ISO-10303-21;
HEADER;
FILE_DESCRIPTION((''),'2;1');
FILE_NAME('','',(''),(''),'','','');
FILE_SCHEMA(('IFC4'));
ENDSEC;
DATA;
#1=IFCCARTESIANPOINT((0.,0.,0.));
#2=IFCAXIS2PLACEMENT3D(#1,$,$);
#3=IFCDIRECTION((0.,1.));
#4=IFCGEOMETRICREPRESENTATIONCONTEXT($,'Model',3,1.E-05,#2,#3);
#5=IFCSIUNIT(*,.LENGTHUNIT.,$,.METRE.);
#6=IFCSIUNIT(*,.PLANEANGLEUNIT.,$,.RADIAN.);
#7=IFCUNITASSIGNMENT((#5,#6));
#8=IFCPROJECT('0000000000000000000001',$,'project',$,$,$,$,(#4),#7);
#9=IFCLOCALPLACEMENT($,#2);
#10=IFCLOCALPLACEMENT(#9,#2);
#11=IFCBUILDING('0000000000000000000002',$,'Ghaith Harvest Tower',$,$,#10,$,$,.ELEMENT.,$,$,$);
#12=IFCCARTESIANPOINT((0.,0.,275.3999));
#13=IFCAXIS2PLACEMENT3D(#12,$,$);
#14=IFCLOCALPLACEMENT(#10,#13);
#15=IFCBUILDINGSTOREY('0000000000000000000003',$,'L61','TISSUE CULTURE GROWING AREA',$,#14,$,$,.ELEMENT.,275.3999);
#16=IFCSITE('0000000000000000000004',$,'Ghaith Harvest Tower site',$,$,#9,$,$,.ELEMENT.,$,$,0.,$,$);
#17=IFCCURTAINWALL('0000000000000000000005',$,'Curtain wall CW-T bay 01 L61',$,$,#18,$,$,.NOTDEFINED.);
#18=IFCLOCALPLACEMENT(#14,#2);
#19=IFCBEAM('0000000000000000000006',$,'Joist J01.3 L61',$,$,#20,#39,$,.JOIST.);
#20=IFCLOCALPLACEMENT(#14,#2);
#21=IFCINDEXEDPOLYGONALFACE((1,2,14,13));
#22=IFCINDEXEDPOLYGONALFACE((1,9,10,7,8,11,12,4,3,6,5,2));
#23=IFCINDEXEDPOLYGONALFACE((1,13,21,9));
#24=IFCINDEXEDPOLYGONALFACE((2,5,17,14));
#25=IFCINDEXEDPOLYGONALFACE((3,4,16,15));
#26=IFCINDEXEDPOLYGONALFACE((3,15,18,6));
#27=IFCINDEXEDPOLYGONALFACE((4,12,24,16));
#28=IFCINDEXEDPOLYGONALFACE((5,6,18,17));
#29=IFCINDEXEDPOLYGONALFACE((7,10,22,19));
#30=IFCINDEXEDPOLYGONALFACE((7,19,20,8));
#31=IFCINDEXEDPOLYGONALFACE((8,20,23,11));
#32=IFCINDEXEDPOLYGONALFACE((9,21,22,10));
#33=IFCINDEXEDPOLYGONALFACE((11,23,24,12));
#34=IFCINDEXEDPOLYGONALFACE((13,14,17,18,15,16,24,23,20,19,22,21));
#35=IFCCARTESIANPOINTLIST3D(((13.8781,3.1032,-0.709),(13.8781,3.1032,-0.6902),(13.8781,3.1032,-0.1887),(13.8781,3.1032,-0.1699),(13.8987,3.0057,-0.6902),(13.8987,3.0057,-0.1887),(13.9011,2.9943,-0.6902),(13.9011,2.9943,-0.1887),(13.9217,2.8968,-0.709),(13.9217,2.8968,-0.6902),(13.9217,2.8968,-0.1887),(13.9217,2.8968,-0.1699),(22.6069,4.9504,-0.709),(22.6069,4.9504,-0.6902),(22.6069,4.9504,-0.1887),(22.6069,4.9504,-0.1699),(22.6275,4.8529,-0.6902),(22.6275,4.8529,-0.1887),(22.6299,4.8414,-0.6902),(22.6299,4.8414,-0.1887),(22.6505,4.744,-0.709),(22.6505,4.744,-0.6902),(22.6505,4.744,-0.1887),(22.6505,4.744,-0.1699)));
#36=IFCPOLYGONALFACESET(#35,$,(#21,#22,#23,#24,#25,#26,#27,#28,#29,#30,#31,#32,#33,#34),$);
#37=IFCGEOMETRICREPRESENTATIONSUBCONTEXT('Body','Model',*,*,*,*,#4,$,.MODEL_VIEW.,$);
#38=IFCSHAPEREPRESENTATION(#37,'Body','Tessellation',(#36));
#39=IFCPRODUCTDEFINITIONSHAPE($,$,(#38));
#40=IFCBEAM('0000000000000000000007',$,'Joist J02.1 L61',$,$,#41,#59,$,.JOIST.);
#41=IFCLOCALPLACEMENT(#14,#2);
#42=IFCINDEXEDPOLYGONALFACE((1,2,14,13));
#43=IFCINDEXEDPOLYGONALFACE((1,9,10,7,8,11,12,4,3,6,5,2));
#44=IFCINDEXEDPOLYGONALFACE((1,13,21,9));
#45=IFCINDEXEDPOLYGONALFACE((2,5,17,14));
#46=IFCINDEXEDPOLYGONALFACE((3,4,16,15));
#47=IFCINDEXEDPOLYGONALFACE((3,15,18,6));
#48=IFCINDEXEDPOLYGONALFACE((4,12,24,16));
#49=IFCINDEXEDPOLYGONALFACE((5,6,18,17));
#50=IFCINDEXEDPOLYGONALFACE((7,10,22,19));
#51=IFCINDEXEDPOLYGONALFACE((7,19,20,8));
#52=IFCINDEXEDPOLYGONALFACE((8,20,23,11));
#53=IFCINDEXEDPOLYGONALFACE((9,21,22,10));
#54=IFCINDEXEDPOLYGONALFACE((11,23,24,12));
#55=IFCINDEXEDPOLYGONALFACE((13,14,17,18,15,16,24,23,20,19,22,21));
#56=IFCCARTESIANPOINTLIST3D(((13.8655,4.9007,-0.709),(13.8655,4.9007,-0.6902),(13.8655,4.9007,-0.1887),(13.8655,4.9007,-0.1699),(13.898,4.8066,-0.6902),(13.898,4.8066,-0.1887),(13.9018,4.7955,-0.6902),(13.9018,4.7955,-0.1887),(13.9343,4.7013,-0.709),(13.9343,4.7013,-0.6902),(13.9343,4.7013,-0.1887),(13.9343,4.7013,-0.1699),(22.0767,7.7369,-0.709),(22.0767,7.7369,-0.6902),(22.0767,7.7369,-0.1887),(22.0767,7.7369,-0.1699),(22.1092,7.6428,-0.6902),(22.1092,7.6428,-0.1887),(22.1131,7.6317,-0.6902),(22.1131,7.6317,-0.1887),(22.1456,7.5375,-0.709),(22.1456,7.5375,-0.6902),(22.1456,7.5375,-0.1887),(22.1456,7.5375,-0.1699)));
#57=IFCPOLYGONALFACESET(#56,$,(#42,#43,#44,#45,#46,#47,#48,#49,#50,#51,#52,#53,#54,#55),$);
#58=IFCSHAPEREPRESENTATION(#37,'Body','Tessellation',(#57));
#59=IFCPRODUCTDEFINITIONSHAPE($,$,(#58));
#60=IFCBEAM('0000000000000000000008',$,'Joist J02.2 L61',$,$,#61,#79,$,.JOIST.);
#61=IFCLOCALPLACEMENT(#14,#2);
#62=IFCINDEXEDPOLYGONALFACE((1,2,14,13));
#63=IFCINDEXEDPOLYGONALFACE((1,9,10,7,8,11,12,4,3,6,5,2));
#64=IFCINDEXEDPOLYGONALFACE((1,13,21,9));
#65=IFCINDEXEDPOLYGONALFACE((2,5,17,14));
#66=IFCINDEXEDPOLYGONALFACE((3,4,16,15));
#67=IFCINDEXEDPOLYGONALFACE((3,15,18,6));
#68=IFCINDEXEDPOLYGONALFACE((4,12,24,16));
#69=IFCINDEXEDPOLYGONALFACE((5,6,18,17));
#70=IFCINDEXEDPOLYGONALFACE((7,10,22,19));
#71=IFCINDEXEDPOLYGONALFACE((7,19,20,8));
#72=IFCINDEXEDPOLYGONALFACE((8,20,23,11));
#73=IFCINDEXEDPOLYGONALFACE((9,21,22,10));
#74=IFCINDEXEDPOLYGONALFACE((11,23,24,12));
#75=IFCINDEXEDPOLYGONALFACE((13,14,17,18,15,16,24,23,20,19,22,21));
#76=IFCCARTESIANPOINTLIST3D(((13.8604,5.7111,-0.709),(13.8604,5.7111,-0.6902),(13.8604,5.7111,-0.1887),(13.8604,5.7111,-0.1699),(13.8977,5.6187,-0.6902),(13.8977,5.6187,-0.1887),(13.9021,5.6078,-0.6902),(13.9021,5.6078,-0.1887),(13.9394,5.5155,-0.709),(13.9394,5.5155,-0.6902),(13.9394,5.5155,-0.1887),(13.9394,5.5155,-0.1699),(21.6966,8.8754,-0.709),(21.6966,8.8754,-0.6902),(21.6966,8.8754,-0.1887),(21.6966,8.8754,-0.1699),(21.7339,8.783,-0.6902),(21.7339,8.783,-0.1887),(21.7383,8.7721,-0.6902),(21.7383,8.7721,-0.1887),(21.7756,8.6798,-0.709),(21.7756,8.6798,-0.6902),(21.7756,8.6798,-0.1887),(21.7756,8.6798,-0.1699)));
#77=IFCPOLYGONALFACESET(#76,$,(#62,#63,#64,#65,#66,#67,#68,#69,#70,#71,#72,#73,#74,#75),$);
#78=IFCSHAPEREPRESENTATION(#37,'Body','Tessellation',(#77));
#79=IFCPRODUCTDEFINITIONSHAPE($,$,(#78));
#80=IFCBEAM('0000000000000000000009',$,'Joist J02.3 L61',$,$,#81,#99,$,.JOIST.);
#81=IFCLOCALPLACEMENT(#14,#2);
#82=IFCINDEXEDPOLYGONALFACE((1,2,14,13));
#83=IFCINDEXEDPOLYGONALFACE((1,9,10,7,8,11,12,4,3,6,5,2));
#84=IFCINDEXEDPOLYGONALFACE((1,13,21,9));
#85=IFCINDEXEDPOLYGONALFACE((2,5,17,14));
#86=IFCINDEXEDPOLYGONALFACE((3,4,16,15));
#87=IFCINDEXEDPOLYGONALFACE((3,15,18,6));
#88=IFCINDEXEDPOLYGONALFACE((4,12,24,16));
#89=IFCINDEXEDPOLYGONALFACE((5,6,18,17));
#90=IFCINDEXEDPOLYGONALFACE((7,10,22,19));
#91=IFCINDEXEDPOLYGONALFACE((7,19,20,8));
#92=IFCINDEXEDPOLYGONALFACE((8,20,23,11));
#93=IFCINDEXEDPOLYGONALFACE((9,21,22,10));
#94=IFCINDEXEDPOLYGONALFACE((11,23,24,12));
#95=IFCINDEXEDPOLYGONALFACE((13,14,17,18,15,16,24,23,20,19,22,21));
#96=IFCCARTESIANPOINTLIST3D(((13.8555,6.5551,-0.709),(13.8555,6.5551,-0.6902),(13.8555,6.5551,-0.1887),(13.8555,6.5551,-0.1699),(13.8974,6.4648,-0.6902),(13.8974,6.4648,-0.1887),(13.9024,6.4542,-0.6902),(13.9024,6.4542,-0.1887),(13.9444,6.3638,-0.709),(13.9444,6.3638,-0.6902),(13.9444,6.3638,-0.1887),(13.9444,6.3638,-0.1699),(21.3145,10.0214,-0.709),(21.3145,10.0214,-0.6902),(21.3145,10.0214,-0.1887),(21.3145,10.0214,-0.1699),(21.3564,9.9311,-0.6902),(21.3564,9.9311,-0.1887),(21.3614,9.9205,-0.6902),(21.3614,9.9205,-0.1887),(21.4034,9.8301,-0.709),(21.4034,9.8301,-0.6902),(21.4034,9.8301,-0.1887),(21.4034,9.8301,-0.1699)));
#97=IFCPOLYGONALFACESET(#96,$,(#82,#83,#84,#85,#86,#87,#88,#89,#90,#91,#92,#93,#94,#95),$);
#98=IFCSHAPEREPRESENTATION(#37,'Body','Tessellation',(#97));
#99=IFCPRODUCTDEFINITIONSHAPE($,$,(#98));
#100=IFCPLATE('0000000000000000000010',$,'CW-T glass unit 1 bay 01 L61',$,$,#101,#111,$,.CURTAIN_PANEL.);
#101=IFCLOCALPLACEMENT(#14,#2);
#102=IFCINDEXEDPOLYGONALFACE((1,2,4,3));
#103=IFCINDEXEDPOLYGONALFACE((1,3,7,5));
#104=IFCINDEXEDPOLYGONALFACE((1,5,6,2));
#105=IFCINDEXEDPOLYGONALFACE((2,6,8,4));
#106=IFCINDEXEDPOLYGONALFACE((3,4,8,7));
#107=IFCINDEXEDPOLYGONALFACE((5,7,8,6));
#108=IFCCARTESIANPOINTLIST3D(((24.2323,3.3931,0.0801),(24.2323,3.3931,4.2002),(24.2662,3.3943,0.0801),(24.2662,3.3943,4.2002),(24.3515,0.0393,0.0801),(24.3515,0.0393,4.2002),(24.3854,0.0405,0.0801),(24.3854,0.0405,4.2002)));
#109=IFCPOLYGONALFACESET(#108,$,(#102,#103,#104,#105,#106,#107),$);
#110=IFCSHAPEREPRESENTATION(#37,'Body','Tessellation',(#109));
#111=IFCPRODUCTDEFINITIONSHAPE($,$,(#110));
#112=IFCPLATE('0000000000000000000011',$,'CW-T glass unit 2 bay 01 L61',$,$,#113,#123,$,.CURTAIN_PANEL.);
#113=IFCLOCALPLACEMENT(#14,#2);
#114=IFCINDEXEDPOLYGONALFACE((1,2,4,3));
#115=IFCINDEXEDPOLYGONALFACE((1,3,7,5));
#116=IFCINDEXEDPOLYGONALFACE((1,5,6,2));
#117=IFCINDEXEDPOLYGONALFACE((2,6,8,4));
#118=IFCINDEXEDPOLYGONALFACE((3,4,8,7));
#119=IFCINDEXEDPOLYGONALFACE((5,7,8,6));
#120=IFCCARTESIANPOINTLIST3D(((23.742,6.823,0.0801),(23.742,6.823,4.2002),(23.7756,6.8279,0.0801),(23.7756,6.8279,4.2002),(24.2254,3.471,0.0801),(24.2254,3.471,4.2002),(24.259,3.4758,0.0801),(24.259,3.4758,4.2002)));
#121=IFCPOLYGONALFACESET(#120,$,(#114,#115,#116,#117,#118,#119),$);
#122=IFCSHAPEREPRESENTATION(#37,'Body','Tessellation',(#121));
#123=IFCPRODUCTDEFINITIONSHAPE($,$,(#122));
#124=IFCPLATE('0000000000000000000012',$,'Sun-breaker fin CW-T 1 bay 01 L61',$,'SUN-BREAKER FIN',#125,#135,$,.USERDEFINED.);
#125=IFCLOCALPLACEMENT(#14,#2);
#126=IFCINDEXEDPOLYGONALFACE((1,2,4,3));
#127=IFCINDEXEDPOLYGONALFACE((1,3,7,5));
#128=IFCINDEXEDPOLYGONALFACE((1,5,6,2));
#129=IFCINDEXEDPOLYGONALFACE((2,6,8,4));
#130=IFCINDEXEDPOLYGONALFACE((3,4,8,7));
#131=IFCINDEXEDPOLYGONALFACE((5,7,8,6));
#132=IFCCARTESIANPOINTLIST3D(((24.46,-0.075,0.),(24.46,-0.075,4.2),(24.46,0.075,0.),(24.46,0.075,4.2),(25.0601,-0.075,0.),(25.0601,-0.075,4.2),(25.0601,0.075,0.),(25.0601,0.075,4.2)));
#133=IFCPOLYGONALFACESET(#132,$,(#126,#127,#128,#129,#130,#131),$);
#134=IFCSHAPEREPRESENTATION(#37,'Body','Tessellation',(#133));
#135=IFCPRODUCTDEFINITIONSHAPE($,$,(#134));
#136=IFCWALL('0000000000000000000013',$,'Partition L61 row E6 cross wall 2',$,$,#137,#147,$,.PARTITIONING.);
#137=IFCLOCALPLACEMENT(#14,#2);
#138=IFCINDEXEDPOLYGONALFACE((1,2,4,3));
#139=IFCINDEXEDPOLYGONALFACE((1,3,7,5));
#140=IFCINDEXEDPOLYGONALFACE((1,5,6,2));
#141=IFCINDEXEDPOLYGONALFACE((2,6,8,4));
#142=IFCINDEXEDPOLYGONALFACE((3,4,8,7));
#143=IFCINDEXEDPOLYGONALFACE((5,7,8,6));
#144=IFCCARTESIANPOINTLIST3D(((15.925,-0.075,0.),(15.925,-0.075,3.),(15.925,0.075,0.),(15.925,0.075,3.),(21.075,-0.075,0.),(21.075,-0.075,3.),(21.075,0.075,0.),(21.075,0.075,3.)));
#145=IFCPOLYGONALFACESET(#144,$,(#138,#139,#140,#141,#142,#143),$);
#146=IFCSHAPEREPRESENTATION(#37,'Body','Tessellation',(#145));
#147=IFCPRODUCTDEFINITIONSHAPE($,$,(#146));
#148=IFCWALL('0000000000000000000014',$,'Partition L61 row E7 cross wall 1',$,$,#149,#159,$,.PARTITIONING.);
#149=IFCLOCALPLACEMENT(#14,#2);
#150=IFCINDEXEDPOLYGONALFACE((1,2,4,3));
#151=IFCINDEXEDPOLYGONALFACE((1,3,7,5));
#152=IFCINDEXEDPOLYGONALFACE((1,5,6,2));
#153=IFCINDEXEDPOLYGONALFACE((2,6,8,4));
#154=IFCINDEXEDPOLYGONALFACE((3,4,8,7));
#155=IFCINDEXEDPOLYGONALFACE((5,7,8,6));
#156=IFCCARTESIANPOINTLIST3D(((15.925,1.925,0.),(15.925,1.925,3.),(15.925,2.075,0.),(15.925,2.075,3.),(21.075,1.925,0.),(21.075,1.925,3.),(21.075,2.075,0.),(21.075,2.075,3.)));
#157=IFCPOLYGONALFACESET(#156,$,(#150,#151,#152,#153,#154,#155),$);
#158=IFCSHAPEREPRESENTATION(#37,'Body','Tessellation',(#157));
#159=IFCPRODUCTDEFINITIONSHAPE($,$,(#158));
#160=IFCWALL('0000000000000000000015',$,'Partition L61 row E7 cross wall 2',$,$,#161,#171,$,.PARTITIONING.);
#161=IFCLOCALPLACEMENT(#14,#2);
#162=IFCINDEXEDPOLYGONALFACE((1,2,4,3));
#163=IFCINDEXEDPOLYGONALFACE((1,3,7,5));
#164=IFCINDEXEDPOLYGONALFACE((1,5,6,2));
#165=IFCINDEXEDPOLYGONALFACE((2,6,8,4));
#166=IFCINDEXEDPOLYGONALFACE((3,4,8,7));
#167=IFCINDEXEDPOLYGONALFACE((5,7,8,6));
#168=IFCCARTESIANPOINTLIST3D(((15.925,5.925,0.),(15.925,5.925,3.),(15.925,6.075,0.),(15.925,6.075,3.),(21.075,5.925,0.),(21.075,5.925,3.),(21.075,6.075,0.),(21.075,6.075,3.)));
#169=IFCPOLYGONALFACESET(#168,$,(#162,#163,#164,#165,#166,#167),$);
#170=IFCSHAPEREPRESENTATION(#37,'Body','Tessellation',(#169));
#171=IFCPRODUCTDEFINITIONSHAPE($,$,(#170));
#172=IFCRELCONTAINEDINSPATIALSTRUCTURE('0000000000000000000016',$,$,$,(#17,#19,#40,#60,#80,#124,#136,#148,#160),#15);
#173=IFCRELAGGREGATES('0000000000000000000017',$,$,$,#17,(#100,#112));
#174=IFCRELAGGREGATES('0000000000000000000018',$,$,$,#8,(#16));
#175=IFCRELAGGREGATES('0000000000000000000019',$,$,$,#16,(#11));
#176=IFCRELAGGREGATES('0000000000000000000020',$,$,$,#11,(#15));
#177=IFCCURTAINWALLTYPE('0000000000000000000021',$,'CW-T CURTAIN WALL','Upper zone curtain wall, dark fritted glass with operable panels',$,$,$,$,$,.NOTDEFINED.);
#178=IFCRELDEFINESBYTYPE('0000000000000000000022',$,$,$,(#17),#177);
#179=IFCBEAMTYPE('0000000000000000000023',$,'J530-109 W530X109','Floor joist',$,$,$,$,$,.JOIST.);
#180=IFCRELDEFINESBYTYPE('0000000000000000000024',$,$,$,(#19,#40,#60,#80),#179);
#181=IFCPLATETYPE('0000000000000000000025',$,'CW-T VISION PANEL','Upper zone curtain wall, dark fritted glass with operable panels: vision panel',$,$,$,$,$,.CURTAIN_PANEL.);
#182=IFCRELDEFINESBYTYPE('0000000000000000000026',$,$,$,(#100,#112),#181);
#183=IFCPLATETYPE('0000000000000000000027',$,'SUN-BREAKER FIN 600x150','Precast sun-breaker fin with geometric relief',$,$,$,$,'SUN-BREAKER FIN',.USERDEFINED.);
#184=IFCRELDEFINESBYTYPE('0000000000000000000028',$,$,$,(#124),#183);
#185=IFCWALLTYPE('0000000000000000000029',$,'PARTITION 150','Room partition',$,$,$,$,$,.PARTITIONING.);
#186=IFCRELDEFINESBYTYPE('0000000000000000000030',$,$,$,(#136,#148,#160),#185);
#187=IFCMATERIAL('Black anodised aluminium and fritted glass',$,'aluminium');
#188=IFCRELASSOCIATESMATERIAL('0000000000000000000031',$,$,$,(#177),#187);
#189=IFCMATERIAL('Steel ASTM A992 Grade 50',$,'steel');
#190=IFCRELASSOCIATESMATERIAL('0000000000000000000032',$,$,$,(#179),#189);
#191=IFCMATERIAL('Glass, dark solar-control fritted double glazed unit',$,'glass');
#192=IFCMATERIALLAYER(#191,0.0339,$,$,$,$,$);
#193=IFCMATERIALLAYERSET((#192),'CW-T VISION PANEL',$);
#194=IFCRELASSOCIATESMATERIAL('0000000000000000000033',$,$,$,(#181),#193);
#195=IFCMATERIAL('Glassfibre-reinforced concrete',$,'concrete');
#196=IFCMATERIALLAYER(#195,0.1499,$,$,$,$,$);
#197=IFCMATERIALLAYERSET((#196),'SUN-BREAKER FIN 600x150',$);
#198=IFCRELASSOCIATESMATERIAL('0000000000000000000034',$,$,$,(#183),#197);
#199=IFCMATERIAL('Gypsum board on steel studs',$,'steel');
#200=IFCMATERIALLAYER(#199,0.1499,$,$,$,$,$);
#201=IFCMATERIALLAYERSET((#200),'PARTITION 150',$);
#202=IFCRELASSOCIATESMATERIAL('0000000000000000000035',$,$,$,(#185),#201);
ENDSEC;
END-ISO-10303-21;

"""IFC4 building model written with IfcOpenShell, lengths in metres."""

from ifc_helpers import new_model, si_unit, direction, frame, frame_2d, origin, origin_2d, place, context, subcontext, project, spatial, rectangle, i_section, extrude, material, layer, layer_set, material_profile, profile_set, type_object, element, aggregate, save


model = new_model("IFC4")

# Units and contexts
model_context = context("Model", 3, precision=1e-05, world=origin(), true_north=direction((0.0, 1.0)))
body_context = subcontext(model_context, "Body", "Model", "MODEL_VIEW")
ifc_project = project(units=[si_unit("LENGTHUNIT", "METRE"), si_unit("PLANEANGLEUNIT", "RADIAN")], contexts=[model_context])

# Site, building, storey
site_placement = place(None, origin())
site = spatial("IfcSite", under=ifc_project, at=site_placement, Name="Ghaith Harvest Tower site", CompositionType="ELEMENT", RefElevation=0.0)
building_placement = place(site_placement, origin())
building = spatial("IfcBuilding", under=site, at=building_placement, Name="Ghaith Harvest Tower", CompositionType="ELEMENT")
storey_placement = place(building_placement, frame((0.0, 0.0, 275.3999)))
storey = spatial("IfcBuildingStorey", under=building, at=storey_placement, Name="L61", Description="TISSUE CULTURE GROWING AREA", CompositionType="ELEMENT", Elevation=275.3999)

# Curtain wall
ifc_material_1 = material(Name="Black anodised aluminium and fritted glass", Category="aluminium")
curtain_wall_type = type_object("IfcCurtainWallType", Name="CW-T CURTAIN WALL", Description="Upper zone curtain wall, dark fritted glass with operable panels", PredefinedType="NOTDEFINED", material=ifc_material_1)
curtain_wall_placement = place(storey_placement, origin())
curtain_wall = element("IfcCurtainWall", 1, at=curtain_wall_placement, inside=storey, type_object=curtain_wall_type, Name="Curtain wall CW-T bay 01 L61", PredefinedType="NOTDEFINED")

# Beams
ifc_material_2 = material(Name="Steel ASTM A992 Grade 50", Category="steel")
ifc_material_profile_1 = material_profile(ifc_material_2, i_section(OverallWidth=0.2109, OverallDepth=0.5391, WebThickness=0.0117, FlangeThickness=0.0188, at=origin_2d()), Name="W530X109")
ifc_profile_set_1 = profile_set([ifc_material_profile_1], Name="Steel ASTM A992 Grade 50")
beam_type_1 = type_object("IfcBeamType", Name="J530-109 W530X109", Description="Floor joist", PredefinedType="JOIST", material=ifc_profile_set_1)
beam_1_placement = place(storey_placement, frame((13.8999, 3.0, -0.4395), z_axis=(0.978334, 0.207034, 0.0), x_axis=(-0.207034, 0.978334, 0.0)))
element("IfcBeam", 2, at=beam_1_placement, inside=storey, type_object=beam_type_1, Name="Joist J01.3 L61", PredefinedType="JOIST", context=body_context, shape_type="SweptSolid", body=[
    extrude(i_section(OverallWidth=0.2109, OverallDepth=0.5391, WebThickness=0.0117, FlangeThickness=0.0188, at=origin_2d()), origin(), (0.0, 0.0, 1.0), 8.9221),
])
beam_2_placement = place(storey_placement, frame((13.8999, 4.801, -0.4395), z_axis=(0.945205, 0.326478, 0.0), x_axis=(-0.326478, 0.945205, 0.0)))
element("IfcBeam", 3, at=beam_2_placement, inside=storey, type_object=beam_type_1, Name="Joist J02.1 L61", PredefinedType="JOIST", context=body_context, shape_type="SweptSolid", body=[
    extrude(i_section(OverallWidth=0.2109, OverallDepth=0.5391, WebThickness=0.0117, FlangeThickness=0.0188, at=origin_2d()), origin(), (0.0, 0.0, 1.0), 8.6873),
])
beam_3_placement = place(storey_placement, frame((13.8999, 5.6133, -0.4395), z_axis=(0.927254, 0.374432, 0.0), x_axis=(-0.374432, 0.927254, 0.0)))
element("IfcBeam", 4, at=beam_3_placement, inside=storey, type_object=beam_type_1, Name="Joist J02.2 L61", PredefinedType="JOIST", context=body_context, shape_type="SweptSolid", body=[
    extrude(i_section(OverallWidth=0.2109, OverallDepth=0.5391, WebThickness=0.0117, FlangeThickness=0.0188, at=origin_2d()), origin(), (0.0, 0.0, 1.0), 8.4509),
])
beam_4_placement = place(storey_placement, frame((13.8999, 6.4595, -0.4395), z_axis=(0.90686, 0.421432, 0.0), x_axis=(-0.421432, 0.90686, 0.0)))
element("IfcBeam", 5, at=beam_4_placement, inside=storey, type_object=beam_type_1, Name="Joist J02.3 L61", PredefinedType="JOIST", context=body_context, shape_type="SweptSolid", body=[
    extrude(i_section(OverallWidth=0.2109, OverallDepth=0.5391, WebThickness=0.0117, FlangeThickness=0.0188, at=origin_2d()), origin(), (0.0, 0.0, 1.0), 8.2251),
])

# Plates
ifc_material_3 = material(Name="Glass, dark solar-control fritted double glazed unit", Category="glass")
ifc_layer_1 = layer(ifc_material_3, 0.0339)
ifc_layer_set_1 = layer_set([ifc_layer_1], Name="CW-T VISION PANEL")
plate_type_1 = type_object("IfcPlateType", Name="CW-T VISION PANEL", Description="Upper zone curtain wall, dark fritted glass with operable panels: vision panel", PredefinedType="CURTAIN_PANEL", material=ifc_layer_set_1)
plate_1_placement = place(storey_placement, frame((24.3088, 1.7168, 0.0801), z_axis=(0.0, 0.0, 1.0), x_axis=(-0.035536, 0.999368, 0.0)))
plate_1 = element("IfcPlate", 6, at=plate_1_placement, type_object=plate_type_1, Name="CW-T glass unit 1 bay 01 L61", PredefinedType="CURTAIN_PANEL", context=body_context, shape_type="SweptSolid", body=[
    extrude(rectangle(XDim=3.356, YDim=0.0339, at=origin_2d()), origin(), (0.0, 0.0, 1.0), 4.1201),
])
plate_2_placement = place(storey_placement, frame((24.0005, 5.1494, 0.0801), z_axis=(0.0, 0.0, 1.0), x_axis=(-0.14273, 0.989762, 0.0)))
plate_2 = element("IfcPlate", 7, at=plate_2_placement, type_object=plate_type_1, Name="CW-T glass unit 2 bay 01 L61", PredefinedType="CURTAIN_PANEL", context=body_context, shape_type="SweptSolid", body=[
    extrude(rectangle(XDim=3.3867, YDim=0.0339, at=origin_2d()), origin(), (0.0, 0.0, 1.0), 4.1201),
])
aggregate(curtain_wall, [plate_1, plate_2])
ifc_material_4 = material(Name="Glassfibre-reinforced concrete", Category="concrete")
ifc_layer_2 = layer(ifc_material_4, 0.1499)
ifc_layer_set_2 = layer_set([ifc_layer_2], Name="SUN-BREAKER FIN 600x150")
plate_type_2 = type_object("IfcPlateType", Name="SUN-BREAKER FIN 600x150", Description="Precast sun-breaker fin with geometric relief", ElementType="SUN-BREAKER FIN", PredefinedType="USERDEFINED", material=ifc_layer_set_2)
plate_3_placement = place(storey_placement, frame((24.76, 0.0, 0.0), z_axis=(0.0, 0.0, 1.0), x_axis=(1.0, 0.0, 0.0)))
element("IfcPlate", 8, at=plate_3_placement, inside=storey, type_object=plate_type_2, Name="Sun-breaker fin CW-T 1 bay 01 L61", ObjectType="SUN-BREAKER FIN", PredefinedType="USERDEFINED", context=body_context, shape_type="SweptSolid", body=[
    extrude(rectangle(XDim=0.6001, YDim=0.1499, at=origin_2d()), origin(), (0.0, 0.0, 1.0), 4.2),
])

# Walls
ifc_material_5 = material(Name="Gypsum board on steel studs", Category="steel")
ifc_layer_3 = layer(ifc_material_5, 0.1499)
ifc_layer_set_3 = layer_set([ifc_layer_3], Name="PARTITION 150")
wall_type = type_object("IfcWallType", Name="PARTITION 150", Description="Room partition", PredefinedType="PARTITIONING", material=ifc_layer_set_3)
for number, where, z_axis, x_axis, name in (
    (9, (15.925, 0.0, 0.0), (0.0, 0.0, 1.0), (1.0, 0.0, 0.0), "Partition L61 row E6 cross wall 2"),
    (10, (15.925, 2.0, 0.0), (0.0, 0.0, 1.0), (1.0, 0.0, 0.0), "Partition L61 row E7 cross wall 1"),
    (11, (15.925, 6.0, 0.0), (0.0, 0.0, 1.0), (1.0, 0.0, 0.0), "Partition L61 row E7 cross wall 2"),
):
    element("IfcWall", number, at=place(storey_placement, frame(where, z_axis=z_axis, x_axis=x_axis)), inside=storey, type_object=wall_type, Name=name, PredefinedType="PARTITIONING", context=body_context, shape_type="SweptSolid", body=[
        extrude(rectangle(XDim=5.1499, YDim=0.1499, at=frame_2d((2.575, 0.0))), origin(), (0.0, 0.0, 1.0), 3.0),
    ])

save(model, "model.ifc")
